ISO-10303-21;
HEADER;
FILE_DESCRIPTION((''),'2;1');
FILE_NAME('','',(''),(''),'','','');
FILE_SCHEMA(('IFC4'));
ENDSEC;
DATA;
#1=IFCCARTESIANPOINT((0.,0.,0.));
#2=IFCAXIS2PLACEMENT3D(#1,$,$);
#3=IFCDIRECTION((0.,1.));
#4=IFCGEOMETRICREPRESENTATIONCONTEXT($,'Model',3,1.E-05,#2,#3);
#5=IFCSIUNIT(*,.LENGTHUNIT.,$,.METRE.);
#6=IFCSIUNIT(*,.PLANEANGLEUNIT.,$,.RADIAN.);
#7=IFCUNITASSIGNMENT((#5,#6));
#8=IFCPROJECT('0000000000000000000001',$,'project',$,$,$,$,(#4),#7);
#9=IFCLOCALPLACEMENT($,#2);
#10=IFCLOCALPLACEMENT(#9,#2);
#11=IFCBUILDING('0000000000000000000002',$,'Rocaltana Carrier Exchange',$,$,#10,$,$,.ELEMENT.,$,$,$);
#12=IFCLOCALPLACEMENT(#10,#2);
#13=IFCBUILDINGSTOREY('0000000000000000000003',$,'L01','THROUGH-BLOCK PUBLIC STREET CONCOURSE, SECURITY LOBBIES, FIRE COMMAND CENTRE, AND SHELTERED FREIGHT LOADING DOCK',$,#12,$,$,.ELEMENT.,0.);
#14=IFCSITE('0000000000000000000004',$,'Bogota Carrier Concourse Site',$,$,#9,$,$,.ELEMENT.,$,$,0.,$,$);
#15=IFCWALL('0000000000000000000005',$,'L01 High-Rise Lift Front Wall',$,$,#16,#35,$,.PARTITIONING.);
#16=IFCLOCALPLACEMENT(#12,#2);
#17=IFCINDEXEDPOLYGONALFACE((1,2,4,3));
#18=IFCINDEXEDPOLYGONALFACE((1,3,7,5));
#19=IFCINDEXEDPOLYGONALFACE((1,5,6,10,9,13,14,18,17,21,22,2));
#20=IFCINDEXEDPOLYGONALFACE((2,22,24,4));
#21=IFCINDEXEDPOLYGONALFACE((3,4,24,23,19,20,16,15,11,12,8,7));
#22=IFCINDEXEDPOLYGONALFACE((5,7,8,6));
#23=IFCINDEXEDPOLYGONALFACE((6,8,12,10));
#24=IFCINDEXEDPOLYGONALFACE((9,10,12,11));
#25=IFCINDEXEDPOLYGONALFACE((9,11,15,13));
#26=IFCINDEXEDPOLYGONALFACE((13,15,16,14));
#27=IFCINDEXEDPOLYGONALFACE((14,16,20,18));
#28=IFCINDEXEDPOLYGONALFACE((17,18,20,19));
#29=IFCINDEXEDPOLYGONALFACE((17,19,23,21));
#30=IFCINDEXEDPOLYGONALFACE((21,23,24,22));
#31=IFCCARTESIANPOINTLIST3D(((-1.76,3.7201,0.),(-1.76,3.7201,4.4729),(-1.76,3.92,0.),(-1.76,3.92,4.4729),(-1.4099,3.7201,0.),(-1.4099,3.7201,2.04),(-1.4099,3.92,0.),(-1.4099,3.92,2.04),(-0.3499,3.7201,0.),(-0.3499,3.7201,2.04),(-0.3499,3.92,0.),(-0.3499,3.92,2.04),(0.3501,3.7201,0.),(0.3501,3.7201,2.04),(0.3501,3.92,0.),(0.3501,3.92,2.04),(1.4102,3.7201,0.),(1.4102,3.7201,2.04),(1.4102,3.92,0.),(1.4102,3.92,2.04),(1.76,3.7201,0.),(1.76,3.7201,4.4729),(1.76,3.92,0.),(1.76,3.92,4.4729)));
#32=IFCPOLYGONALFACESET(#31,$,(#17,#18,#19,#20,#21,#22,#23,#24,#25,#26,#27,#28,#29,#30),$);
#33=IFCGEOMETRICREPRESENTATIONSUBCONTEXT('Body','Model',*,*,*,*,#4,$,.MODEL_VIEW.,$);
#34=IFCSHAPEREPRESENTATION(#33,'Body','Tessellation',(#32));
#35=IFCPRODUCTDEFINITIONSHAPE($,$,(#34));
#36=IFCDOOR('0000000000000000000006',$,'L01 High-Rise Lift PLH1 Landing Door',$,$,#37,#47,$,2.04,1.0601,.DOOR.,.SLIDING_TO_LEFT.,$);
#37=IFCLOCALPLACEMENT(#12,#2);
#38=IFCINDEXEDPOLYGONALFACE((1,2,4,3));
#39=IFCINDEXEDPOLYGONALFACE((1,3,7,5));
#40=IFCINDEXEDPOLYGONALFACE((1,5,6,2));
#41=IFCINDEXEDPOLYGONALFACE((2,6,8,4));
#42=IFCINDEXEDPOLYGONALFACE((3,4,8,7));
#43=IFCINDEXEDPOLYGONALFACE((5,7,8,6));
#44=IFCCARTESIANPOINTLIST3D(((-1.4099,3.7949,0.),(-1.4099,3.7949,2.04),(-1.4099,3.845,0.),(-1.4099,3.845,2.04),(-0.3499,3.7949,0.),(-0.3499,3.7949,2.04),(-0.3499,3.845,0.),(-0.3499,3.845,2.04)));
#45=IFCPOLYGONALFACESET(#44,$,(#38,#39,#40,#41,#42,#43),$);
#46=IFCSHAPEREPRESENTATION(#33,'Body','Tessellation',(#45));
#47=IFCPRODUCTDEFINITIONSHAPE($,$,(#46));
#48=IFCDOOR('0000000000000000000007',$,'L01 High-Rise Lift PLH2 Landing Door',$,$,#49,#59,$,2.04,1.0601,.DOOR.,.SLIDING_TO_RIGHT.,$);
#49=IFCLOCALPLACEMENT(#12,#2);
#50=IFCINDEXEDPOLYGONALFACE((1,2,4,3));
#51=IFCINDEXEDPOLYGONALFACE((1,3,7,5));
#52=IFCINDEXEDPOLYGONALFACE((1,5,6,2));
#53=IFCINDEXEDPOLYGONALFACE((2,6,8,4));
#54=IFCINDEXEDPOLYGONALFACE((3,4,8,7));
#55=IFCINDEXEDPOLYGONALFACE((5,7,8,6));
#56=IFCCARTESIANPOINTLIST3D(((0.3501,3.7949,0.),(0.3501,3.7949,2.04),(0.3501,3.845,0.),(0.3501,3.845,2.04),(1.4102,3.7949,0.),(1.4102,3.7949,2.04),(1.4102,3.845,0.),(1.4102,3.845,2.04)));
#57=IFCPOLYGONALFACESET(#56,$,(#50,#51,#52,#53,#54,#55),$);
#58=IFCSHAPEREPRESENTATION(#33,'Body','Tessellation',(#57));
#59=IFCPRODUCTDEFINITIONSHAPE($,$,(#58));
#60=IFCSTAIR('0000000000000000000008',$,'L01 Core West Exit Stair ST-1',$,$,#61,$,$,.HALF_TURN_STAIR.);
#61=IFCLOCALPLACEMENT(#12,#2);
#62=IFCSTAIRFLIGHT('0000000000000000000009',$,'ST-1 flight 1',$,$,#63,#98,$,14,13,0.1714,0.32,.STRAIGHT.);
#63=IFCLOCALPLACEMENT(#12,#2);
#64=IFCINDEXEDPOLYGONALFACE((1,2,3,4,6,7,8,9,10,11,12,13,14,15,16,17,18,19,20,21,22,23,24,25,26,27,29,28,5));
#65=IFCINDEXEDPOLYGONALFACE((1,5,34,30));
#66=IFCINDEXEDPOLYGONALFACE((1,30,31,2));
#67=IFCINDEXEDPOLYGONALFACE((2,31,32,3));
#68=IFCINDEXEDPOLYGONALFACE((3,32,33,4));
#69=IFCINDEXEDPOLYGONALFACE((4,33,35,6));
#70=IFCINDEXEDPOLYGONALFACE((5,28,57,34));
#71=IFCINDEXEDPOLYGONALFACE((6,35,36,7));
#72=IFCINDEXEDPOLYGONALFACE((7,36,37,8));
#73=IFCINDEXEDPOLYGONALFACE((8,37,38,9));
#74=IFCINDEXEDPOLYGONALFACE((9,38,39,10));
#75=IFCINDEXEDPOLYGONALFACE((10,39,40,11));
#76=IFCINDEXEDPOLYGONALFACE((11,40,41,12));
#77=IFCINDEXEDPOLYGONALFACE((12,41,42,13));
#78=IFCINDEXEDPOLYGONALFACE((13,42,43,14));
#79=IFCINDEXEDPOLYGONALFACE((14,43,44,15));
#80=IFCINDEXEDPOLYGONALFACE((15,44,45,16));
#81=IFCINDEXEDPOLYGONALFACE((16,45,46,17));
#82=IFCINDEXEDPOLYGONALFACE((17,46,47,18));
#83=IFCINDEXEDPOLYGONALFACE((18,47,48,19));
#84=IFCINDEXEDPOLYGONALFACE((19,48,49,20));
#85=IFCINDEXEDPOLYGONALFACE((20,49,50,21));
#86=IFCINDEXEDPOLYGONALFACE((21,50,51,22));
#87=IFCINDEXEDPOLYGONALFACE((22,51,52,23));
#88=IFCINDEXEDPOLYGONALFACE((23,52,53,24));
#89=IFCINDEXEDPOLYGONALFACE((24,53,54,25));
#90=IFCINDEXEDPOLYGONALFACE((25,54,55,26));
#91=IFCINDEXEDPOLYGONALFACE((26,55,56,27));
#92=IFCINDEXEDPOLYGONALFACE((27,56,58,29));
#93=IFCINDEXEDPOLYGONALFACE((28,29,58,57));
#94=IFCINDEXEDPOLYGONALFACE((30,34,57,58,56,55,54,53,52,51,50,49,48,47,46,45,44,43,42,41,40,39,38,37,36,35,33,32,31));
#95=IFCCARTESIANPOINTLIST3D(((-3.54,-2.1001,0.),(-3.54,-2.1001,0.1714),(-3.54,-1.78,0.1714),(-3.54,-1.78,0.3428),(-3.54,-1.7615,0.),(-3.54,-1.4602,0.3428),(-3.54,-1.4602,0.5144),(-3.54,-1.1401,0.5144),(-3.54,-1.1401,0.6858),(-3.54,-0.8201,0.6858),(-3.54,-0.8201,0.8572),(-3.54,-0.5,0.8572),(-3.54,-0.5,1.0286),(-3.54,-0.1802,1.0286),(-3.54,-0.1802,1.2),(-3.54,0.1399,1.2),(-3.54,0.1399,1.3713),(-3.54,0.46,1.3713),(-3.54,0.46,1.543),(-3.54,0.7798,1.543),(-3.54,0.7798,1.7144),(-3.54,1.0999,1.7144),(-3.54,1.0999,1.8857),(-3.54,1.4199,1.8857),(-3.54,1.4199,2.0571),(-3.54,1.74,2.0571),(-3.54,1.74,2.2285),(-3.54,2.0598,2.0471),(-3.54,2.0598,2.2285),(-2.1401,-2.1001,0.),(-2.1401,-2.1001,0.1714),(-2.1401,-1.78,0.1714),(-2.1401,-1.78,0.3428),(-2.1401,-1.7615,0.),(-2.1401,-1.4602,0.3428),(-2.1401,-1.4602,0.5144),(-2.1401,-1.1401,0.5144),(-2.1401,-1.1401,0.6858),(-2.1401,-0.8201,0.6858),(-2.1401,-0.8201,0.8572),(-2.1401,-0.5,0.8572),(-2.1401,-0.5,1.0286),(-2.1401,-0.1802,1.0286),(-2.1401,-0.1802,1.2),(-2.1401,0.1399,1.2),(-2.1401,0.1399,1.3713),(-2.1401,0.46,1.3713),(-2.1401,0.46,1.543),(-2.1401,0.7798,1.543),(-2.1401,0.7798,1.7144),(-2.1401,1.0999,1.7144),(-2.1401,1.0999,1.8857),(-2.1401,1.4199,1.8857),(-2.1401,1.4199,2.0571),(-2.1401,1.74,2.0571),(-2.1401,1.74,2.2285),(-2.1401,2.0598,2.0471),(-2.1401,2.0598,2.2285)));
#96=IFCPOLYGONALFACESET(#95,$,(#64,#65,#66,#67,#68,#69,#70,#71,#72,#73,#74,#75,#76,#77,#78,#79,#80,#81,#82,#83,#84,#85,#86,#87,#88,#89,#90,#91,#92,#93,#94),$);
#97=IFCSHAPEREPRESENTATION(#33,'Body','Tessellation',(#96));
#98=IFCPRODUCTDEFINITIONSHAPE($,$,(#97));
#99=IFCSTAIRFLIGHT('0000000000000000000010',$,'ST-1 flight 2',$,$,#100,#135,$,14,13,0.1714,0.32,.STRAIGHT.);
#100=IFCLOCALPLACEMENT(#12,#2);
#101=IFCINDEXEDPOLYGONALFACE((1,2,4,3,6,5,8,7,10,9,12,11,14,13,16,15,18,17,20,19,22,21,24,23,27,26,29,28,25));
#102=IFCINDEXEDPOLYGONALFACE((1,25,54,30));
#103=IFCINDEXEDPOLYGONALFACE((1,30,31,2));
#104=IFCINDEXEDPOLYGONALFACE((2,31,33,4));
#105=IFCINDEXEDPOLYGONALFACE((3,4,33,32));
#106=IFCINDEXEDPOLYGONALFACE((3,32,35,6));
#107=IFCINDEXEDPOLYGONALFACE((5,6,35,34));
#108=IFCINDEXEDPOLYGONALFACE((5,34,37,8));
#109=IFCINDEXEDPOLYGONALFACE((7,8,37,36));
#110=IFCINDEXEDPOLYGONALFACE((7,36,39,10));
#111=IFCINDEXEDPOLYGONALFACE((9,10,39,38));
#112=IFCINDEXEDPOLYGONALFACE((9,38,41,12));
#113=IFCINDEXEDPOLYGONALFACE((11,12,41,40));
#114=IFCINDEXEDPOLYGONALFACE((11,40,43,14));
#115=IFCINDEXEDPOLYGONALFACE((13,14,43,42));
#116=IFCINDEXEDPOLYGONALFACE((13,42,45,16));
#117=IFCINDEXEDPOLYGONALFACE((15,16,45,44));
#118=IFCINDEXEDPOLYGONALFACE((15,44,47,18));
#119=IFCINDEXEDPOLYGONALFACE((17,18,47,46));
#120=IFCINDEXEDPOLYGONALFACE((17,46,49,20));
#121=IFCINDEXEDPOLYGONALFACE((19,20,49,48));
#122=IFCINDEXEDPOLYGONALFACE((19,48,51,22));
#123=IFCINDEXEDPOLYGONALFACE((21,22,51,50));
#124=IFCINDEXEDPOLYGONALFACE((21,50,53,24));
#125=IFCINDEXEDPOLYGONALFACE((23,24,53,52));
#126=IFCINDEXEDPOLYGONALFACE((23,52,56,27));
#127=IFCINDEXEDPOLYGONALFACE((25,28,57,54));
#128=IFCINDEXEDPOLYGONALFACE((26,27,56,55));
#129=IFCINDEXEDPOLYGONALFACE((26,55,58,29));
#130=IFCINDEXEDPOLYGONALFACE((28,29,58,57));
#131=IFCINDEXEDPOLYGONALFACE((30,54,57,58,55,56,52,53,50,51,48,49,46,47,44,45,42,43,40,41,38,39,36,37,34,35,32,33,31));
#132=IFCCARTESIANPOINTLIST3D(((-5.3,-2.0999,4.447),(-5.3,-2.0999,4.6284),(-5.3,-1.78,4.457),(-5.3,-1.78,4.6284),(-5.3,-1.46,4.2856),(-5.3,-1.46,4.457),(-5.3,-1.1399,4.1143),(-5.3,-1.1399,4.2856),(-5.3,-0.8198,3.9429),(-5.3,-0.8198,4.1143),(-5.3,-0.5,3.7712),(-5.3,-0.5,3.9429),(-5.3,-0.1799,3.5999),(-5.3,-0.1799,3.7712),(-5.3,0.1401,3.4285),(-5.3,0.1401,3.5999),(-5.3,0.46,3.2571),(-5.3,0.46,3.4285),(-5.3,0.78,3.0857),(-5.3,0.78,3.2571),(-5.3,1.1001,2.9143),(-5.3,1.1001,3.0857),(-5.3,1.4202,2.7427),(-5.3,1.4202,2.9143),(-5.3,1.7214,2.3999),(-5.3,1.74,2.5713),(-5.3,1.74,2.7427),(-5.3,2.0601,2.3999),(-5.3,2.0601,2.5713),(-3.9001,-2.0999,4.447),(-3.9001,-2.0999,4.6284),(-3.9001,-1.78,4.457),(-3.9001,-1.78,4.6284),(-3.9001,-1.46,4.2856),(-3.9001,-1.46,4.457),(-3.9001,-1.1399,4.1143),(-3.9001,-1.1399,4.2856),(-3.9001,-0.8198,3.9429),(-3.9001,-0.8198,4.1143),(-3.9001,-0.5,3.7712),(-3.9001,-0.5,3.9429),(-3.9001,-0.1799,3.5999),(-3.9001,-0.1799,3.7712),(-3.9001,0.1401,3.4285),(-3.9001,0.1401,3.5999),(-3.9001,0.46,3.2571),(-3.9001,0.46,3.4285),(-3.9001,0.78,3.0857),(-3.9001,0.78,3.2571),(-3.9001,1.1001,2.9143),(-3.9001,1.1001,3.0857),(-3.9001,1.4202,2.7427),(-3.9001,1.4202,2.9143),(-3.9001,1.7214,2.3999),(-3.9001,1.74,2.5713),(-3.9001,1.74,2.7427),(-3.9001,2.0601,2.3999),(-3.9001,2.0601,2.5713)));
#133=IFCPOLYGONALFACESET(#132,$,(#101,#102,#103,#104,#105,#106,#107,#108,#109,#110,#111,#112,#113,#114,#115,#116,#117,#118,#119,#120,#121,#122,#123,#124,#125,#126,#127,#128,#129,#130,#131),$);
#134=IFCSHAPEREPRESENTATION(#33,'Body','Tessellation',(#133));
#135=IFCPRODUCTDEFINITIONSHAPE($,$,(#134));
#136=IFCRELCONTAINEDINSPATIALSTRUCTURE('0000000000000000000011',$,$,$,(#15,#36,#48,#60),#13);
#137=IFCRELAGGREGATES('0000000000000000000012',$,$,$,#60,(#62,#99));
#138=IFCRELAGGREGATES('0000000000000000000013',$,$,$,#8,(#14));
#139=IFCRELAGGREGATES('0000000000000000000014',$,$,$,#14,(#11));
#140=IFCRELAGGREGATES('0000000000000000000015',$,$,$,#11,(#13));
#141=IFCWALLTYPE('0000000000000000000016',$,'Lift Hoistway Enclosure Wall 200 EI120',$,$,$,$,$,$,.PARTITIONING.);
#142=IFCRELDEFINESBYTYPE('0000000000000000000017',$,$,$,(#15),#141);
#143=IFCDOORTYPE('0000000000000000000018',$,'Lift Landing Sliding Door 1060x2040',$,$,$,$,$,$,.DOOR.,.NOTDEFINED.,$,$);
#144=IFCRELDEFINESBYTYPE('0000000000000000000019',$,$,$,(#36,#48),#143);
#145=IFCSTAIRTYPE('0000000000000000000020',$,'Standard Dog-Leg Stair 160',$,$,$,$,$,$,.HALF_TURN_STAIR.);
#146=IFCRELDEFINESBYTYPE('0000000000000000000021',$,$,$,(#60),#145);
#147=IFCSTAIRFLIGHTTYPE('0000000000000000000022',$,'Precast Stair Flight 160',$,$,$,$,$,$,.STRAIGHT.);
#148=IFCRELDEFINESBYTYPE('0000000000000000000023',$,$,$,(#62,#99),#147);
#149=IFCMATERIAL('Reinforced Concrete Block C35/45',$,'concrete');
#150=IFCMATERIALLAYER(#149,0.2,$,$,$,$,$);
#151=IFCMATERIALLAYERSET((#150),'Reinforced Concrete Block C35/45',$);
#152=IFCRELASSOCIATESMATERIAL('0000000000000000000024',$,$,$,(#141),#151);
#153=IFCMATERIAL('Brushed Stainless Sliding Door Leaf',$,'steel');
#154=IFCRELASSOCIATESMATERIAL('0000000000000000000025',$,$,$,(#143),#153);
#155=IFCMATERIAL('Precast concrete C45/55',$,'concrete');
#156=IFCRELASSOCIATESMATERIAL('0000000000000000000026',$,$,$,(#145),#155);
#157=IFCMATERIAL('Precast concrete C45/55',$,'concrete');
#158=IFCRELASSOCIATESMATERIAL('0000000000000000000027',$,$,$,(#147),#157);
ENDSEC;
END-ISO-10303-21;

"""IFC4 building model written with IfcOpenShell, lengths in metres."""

from ifc_helpers import new_model, si_unit, direction, frame, frame_2d, origin, place, context, subcontext, project, spatial, polyline, rectangle, outline, extrude, material, layer, layer_set, type_object, element, fill, aggregate, save


model = new_model("IFC4")

# Units and contexts
model_context = context("Model", 3, precision=1e-05, world=origin(), true_north=direction((0.0, 1.0)))
body_context = subcontext(model_context, "Body", "Model", "MODEL_VIEW")
ifc_project = project(units=[si_unit("LENGTHUNIT", "METRE"), si_unit("PLANEANGLEUNIT", "RADIAN")], contexts=[model_context])

# Site, building, storey
site_placement = place(None, origin())
site = spatial("IfcSite", under=ifc_project, at=site_placement, Name="Bogota Carrier Concourse Site", CompositionType="ELEMENT", RefElevation=0.0)
building_placement = place(site_placement, origin())
building = spatial("IfcBuilding", under=site, at=building_placement, Name="Rocaltana Carrier Exchange", CompositionType="ELEMENT")
storey_placement = place(building_placement, origin())
storey = spatial("IfcBuildingStorey", under=building, at=storey_placement, Name="L01", Description="THROUGH-BLOCK PUBLIC STREET CONCOURSE, SECURITY LOBBIES, FIRE COMMAND CENTRE, AND SHELTERED FREIGHT LOADING DOCK", CompositionType="ELEMENT", Elevation=0.0)

# Shared definitions
ifc_material_1 = material(Name="Reinforced Concrete Block C35/45", Category="concrete")
ifc_layer_1 = layer(ifc_material_1, 0.2)
ifc_layer_set_1 = layer_set([ifc_layer_1], Name="Reinforced Concrete Block C35/45")
wall_type_1 = type_object("IfcWallType", Name="Lift Hoistway Enclosure Wall 200 EI120", PredefinedType="PARTITIONING", material=ifc_layer_set_1)

# Wall, openings, doors
wall_1_placement = place(storey_placement, frame((-1.76, 3.8201, 0.0), z_axis=(0.0, 0.0, 1.0), x_axis=(1.0, 0.0, 0.0)))
wall_1 = element("IfcWall", 1, at=wall_1_placement, inside=storey, type_object=wall_type_1, Name="L01 High-Rise Lift Front Wall", PredefinedType="PARTITIONING", context=body_context, shape_type="SweptSolid", body=[
    extrude(rectangle(XDim=3.52, YDim=0.2, at=frame_2d((1.76, 0.0))), origin(), (0.0, 0.0, 1.0), 4.4729),
])
opening_1_placement = place(wall_1_placement, frame((0.3501, 0.0, 0.0)))
opening_1 = element("IfcOpeningElement", 2, at=opening_1_placement, cuts=wall_1, PredefinedType="OPENING", context=body_context, shape_type="SweptSolid", body=[
    extrude(rectangle(XDim=1.0601, YDim=2.04, at=frame_2d((0.53, 1.02))), frame((0.0, 0.1099, 0.0), z_axis=(0.0, -1.0, 0.0), x_axis=(1.0, 0.0, 0.0)), (0.0, 0.0, 1.0), 0.22),
])
opening_2_placement = place(wall_1_placement, frame((2.1101, 0.0, 0.0)))
opening_2 = element("IfcOpeningElement", 3, at=opening_2_placement, cuts=wall_1, PredefinedType="OPENING", context=body_context, shape_type="SweptSolid", body=[
    extrude(rectangle(XDim=1.0601, YDim=2.04, at=frame_2d((0.53, 1.02))), frame((0.0, 0.1099, 0.0), z_axis=(0.0, -1.0, 0.0), x_axis=(1.0, 0.0, 0.0)), (0.0, 0.0, 1.0), 0.22),
])
ifc_material_2 = material(Name="Brushed Stainless Sliding Door Leaf", Category="steel")
door_type = type_object("IfcDoorType", Name="Lift Landing Sliding Door 1060x2040", OperationType="NOTDEFINED", PredefinedType="DOOR", material=ifc_material_2)
door_1_placement = place(opening_1_placement, origin())
door_1 = element("IfcDoor", 4, at=door_1_placement, inside=storey, type_object=door_type, Name="L01 High-Rise Lift PLH1 Landing Door", OperationType="SLIDING_TO_LEFT", OverallHeight=2.04, OverallWidth=1.0601, PredefinedType="DOOR", context=body_context, shape_type="SweptSolid", body=[
    extrude(rectangle(XDim=1.0601, YDim=2.04, at=frame_2d((0.53, 1.02))), frame((0.0, 0.0249, 0.0), z_axis=(0.0, -1.0, 0.0), x_axis=(1.0, 0.0, 0.0)), (0.0, 0.0, 1.0), 0.05),
])
fill(opening_1, door_1)
door_2_placement = place(opening_2_placement, origin())
door_2 = element("IfcDoor", 5, at=door_2_placement, inside=storey, type_object=door_type, Name="L01 High-Rise Lift PLH2 Landing Door", OperationType="SLIDING_TO_RIGHT", OverallHeight=2.04, OverallWidth=1.0601, PredefinedType="DOOR", context=body_context, shape_type="SweptSolid", body=[
    extrude(rectangle(XDim=1.0601, YDim=2.04, at=frame_2d((0.53, 1.02))), frame((0.0, 0.0249, 0.0), z_axis=(0.0, -1.0, 0.0), x_axis=(1.0, 0.0, 0.0)), (0.0, 0.0, 1.0), 0.05),
])
fill(opening_2, door_2)

# Stair, stair flights
ifc_material_3 = material(Name="Precast concrete C45/55", Category="concrete")
stair_type = type_object("IfcStairType", Name="Standard Dog-Leg Stair 160", PredefinedType="HALF_TURN_STAIR", material=ifc_material_3)
stair_placement = place(storey_placement, origin())
stair = element("IfcStair", 6, at=stair_placement, inside=storey, type_object=stair_type, Name="L01 Core West Exit Stair ST-1", PredefinedType="HALF_TURN_STAIR")
ifc_material_4 = material(Name="Precast concrete C45/55", Category="concrete")
stair_flight_type = type_object("IfcStairFlightType", Name="Precast Stair Flight 160", PredefinedType="STRAIGHT", material=ifc_material_4)
stair_flight_1_placement = place(storey_placement, frame((-2.8401, -2.1001, 0.0), z_axis=(0.0, 0.0, 1.0), x_axis=(0.0, 1.0, 0.0)))
stair_flight_1 = element("IfcStairFlight", 7, at=stair_flight_1_placement, type_object=stair_flight_type, Name="ST-1 flight 1", NumberOfRisers=14, NumberOfTreads=13, PredefinedType="STRAIGHT", RiserHeight=0.1714, TreadLength=0.32, context=body_context, shape_type="SweptSolid", body=[
    extrude(outline(polyline([(0.0, 0.0), (0.0, 0.1714), (0.3201, 0.1714), (0.3201, 0.3428), (0.6399, 0.3428), (0.6399, 0.5144), (0.96, 0.5144), (0.96, 0.6858), (1.28, 0.6858), (1.28, 0.8572), (1.6001, 0.8572), (1.6001, 1.0286), (1.9199, 1.0286), (1.9199, 1.2), (2.24, 1.2), (2.24, 1.3713), (2.5601, 1.3713), (2.5601, 1.543), (2.8799, 1.543), (2.8799, 1.7144), (3.2, 1.7144), (3.2, 1.8857), (3.52, 1.8857), (3.52, 2.0571), (3.8401, 2.0571), (3.8401, 2.2285), (4.1599, 2.2285), (4.1599, 2.3999), (4.1599, 2.0471), (0.3386, 0.0), (0.0, 0.0)])), frame((0.0, 0.7, 0.0), z_axis=(0.0, -1.0, 0.0), x_axis=(1.0, 0.0, 0.0)), (0.0, 0.0, 1.0), 1.3999),
])
stair_flight_2_placement = place(storey_placement, frame((-4.6001, 2.0601, 2.3999), z_axis=(0.0, 0.0, 1.0), x_axis=(0.0, -1.0, 0.0)))
stair_flight_2 = element("IfcStairFlight", 8, at=stair_flight_2_placement, type_object=stair_flight_type, Name="ST-1 flight 2", NumberOfRisers=14, NumberOfTreads=13, PredefinedType="STRAIGHT", RiserHeight=0.1714, TreadLength=0.32, context=body_context, shape_type="SweptSolid", body=[
    extrude(outline(polyline([(0.0, 0.0), (0.0, 0.1714), (0.3201, 0.1714), (0.3201, 0.3428), (0.6399, 0.3428), (0.6399, 0.5144), (0.96, 0.5144), (0.96, 0.6858), (1.28, 0.6858), (1.28, 0.8572), (1.6001, 0.8572), (1.6001, 1.0286), (1.9199, 1.0286), (1.9199, 1.2), (2.24, 1.2), (2.24, 1.3713), (2.5601, 1.3713), (2.5601, 1.543), (2.8799, 1.543), (2.8799, 1.7144), (3.2, 1.7144), (3.2, 1.8857), (3.52, 1.8857), (3.52, 2.0571), (3.8401, 2.0571), (3.8401, 2.2285), (4.1599, 2.2285), (4.1599, 2.3999), (4.1599, 2.0471), (0.3386, 0.0), (0.0, 0.0)])), frame((0.0, 0.7, 0.0), z_axis=(0.0, -1.0, 0.0), x_axis=(1.0, 0.0, 0.0)), (0.0, 0.0, 1.0), 1.3999),
])
aggregate(stair, [stair_flight_1, stair_flight_2])

save(model, "model.ifc")
